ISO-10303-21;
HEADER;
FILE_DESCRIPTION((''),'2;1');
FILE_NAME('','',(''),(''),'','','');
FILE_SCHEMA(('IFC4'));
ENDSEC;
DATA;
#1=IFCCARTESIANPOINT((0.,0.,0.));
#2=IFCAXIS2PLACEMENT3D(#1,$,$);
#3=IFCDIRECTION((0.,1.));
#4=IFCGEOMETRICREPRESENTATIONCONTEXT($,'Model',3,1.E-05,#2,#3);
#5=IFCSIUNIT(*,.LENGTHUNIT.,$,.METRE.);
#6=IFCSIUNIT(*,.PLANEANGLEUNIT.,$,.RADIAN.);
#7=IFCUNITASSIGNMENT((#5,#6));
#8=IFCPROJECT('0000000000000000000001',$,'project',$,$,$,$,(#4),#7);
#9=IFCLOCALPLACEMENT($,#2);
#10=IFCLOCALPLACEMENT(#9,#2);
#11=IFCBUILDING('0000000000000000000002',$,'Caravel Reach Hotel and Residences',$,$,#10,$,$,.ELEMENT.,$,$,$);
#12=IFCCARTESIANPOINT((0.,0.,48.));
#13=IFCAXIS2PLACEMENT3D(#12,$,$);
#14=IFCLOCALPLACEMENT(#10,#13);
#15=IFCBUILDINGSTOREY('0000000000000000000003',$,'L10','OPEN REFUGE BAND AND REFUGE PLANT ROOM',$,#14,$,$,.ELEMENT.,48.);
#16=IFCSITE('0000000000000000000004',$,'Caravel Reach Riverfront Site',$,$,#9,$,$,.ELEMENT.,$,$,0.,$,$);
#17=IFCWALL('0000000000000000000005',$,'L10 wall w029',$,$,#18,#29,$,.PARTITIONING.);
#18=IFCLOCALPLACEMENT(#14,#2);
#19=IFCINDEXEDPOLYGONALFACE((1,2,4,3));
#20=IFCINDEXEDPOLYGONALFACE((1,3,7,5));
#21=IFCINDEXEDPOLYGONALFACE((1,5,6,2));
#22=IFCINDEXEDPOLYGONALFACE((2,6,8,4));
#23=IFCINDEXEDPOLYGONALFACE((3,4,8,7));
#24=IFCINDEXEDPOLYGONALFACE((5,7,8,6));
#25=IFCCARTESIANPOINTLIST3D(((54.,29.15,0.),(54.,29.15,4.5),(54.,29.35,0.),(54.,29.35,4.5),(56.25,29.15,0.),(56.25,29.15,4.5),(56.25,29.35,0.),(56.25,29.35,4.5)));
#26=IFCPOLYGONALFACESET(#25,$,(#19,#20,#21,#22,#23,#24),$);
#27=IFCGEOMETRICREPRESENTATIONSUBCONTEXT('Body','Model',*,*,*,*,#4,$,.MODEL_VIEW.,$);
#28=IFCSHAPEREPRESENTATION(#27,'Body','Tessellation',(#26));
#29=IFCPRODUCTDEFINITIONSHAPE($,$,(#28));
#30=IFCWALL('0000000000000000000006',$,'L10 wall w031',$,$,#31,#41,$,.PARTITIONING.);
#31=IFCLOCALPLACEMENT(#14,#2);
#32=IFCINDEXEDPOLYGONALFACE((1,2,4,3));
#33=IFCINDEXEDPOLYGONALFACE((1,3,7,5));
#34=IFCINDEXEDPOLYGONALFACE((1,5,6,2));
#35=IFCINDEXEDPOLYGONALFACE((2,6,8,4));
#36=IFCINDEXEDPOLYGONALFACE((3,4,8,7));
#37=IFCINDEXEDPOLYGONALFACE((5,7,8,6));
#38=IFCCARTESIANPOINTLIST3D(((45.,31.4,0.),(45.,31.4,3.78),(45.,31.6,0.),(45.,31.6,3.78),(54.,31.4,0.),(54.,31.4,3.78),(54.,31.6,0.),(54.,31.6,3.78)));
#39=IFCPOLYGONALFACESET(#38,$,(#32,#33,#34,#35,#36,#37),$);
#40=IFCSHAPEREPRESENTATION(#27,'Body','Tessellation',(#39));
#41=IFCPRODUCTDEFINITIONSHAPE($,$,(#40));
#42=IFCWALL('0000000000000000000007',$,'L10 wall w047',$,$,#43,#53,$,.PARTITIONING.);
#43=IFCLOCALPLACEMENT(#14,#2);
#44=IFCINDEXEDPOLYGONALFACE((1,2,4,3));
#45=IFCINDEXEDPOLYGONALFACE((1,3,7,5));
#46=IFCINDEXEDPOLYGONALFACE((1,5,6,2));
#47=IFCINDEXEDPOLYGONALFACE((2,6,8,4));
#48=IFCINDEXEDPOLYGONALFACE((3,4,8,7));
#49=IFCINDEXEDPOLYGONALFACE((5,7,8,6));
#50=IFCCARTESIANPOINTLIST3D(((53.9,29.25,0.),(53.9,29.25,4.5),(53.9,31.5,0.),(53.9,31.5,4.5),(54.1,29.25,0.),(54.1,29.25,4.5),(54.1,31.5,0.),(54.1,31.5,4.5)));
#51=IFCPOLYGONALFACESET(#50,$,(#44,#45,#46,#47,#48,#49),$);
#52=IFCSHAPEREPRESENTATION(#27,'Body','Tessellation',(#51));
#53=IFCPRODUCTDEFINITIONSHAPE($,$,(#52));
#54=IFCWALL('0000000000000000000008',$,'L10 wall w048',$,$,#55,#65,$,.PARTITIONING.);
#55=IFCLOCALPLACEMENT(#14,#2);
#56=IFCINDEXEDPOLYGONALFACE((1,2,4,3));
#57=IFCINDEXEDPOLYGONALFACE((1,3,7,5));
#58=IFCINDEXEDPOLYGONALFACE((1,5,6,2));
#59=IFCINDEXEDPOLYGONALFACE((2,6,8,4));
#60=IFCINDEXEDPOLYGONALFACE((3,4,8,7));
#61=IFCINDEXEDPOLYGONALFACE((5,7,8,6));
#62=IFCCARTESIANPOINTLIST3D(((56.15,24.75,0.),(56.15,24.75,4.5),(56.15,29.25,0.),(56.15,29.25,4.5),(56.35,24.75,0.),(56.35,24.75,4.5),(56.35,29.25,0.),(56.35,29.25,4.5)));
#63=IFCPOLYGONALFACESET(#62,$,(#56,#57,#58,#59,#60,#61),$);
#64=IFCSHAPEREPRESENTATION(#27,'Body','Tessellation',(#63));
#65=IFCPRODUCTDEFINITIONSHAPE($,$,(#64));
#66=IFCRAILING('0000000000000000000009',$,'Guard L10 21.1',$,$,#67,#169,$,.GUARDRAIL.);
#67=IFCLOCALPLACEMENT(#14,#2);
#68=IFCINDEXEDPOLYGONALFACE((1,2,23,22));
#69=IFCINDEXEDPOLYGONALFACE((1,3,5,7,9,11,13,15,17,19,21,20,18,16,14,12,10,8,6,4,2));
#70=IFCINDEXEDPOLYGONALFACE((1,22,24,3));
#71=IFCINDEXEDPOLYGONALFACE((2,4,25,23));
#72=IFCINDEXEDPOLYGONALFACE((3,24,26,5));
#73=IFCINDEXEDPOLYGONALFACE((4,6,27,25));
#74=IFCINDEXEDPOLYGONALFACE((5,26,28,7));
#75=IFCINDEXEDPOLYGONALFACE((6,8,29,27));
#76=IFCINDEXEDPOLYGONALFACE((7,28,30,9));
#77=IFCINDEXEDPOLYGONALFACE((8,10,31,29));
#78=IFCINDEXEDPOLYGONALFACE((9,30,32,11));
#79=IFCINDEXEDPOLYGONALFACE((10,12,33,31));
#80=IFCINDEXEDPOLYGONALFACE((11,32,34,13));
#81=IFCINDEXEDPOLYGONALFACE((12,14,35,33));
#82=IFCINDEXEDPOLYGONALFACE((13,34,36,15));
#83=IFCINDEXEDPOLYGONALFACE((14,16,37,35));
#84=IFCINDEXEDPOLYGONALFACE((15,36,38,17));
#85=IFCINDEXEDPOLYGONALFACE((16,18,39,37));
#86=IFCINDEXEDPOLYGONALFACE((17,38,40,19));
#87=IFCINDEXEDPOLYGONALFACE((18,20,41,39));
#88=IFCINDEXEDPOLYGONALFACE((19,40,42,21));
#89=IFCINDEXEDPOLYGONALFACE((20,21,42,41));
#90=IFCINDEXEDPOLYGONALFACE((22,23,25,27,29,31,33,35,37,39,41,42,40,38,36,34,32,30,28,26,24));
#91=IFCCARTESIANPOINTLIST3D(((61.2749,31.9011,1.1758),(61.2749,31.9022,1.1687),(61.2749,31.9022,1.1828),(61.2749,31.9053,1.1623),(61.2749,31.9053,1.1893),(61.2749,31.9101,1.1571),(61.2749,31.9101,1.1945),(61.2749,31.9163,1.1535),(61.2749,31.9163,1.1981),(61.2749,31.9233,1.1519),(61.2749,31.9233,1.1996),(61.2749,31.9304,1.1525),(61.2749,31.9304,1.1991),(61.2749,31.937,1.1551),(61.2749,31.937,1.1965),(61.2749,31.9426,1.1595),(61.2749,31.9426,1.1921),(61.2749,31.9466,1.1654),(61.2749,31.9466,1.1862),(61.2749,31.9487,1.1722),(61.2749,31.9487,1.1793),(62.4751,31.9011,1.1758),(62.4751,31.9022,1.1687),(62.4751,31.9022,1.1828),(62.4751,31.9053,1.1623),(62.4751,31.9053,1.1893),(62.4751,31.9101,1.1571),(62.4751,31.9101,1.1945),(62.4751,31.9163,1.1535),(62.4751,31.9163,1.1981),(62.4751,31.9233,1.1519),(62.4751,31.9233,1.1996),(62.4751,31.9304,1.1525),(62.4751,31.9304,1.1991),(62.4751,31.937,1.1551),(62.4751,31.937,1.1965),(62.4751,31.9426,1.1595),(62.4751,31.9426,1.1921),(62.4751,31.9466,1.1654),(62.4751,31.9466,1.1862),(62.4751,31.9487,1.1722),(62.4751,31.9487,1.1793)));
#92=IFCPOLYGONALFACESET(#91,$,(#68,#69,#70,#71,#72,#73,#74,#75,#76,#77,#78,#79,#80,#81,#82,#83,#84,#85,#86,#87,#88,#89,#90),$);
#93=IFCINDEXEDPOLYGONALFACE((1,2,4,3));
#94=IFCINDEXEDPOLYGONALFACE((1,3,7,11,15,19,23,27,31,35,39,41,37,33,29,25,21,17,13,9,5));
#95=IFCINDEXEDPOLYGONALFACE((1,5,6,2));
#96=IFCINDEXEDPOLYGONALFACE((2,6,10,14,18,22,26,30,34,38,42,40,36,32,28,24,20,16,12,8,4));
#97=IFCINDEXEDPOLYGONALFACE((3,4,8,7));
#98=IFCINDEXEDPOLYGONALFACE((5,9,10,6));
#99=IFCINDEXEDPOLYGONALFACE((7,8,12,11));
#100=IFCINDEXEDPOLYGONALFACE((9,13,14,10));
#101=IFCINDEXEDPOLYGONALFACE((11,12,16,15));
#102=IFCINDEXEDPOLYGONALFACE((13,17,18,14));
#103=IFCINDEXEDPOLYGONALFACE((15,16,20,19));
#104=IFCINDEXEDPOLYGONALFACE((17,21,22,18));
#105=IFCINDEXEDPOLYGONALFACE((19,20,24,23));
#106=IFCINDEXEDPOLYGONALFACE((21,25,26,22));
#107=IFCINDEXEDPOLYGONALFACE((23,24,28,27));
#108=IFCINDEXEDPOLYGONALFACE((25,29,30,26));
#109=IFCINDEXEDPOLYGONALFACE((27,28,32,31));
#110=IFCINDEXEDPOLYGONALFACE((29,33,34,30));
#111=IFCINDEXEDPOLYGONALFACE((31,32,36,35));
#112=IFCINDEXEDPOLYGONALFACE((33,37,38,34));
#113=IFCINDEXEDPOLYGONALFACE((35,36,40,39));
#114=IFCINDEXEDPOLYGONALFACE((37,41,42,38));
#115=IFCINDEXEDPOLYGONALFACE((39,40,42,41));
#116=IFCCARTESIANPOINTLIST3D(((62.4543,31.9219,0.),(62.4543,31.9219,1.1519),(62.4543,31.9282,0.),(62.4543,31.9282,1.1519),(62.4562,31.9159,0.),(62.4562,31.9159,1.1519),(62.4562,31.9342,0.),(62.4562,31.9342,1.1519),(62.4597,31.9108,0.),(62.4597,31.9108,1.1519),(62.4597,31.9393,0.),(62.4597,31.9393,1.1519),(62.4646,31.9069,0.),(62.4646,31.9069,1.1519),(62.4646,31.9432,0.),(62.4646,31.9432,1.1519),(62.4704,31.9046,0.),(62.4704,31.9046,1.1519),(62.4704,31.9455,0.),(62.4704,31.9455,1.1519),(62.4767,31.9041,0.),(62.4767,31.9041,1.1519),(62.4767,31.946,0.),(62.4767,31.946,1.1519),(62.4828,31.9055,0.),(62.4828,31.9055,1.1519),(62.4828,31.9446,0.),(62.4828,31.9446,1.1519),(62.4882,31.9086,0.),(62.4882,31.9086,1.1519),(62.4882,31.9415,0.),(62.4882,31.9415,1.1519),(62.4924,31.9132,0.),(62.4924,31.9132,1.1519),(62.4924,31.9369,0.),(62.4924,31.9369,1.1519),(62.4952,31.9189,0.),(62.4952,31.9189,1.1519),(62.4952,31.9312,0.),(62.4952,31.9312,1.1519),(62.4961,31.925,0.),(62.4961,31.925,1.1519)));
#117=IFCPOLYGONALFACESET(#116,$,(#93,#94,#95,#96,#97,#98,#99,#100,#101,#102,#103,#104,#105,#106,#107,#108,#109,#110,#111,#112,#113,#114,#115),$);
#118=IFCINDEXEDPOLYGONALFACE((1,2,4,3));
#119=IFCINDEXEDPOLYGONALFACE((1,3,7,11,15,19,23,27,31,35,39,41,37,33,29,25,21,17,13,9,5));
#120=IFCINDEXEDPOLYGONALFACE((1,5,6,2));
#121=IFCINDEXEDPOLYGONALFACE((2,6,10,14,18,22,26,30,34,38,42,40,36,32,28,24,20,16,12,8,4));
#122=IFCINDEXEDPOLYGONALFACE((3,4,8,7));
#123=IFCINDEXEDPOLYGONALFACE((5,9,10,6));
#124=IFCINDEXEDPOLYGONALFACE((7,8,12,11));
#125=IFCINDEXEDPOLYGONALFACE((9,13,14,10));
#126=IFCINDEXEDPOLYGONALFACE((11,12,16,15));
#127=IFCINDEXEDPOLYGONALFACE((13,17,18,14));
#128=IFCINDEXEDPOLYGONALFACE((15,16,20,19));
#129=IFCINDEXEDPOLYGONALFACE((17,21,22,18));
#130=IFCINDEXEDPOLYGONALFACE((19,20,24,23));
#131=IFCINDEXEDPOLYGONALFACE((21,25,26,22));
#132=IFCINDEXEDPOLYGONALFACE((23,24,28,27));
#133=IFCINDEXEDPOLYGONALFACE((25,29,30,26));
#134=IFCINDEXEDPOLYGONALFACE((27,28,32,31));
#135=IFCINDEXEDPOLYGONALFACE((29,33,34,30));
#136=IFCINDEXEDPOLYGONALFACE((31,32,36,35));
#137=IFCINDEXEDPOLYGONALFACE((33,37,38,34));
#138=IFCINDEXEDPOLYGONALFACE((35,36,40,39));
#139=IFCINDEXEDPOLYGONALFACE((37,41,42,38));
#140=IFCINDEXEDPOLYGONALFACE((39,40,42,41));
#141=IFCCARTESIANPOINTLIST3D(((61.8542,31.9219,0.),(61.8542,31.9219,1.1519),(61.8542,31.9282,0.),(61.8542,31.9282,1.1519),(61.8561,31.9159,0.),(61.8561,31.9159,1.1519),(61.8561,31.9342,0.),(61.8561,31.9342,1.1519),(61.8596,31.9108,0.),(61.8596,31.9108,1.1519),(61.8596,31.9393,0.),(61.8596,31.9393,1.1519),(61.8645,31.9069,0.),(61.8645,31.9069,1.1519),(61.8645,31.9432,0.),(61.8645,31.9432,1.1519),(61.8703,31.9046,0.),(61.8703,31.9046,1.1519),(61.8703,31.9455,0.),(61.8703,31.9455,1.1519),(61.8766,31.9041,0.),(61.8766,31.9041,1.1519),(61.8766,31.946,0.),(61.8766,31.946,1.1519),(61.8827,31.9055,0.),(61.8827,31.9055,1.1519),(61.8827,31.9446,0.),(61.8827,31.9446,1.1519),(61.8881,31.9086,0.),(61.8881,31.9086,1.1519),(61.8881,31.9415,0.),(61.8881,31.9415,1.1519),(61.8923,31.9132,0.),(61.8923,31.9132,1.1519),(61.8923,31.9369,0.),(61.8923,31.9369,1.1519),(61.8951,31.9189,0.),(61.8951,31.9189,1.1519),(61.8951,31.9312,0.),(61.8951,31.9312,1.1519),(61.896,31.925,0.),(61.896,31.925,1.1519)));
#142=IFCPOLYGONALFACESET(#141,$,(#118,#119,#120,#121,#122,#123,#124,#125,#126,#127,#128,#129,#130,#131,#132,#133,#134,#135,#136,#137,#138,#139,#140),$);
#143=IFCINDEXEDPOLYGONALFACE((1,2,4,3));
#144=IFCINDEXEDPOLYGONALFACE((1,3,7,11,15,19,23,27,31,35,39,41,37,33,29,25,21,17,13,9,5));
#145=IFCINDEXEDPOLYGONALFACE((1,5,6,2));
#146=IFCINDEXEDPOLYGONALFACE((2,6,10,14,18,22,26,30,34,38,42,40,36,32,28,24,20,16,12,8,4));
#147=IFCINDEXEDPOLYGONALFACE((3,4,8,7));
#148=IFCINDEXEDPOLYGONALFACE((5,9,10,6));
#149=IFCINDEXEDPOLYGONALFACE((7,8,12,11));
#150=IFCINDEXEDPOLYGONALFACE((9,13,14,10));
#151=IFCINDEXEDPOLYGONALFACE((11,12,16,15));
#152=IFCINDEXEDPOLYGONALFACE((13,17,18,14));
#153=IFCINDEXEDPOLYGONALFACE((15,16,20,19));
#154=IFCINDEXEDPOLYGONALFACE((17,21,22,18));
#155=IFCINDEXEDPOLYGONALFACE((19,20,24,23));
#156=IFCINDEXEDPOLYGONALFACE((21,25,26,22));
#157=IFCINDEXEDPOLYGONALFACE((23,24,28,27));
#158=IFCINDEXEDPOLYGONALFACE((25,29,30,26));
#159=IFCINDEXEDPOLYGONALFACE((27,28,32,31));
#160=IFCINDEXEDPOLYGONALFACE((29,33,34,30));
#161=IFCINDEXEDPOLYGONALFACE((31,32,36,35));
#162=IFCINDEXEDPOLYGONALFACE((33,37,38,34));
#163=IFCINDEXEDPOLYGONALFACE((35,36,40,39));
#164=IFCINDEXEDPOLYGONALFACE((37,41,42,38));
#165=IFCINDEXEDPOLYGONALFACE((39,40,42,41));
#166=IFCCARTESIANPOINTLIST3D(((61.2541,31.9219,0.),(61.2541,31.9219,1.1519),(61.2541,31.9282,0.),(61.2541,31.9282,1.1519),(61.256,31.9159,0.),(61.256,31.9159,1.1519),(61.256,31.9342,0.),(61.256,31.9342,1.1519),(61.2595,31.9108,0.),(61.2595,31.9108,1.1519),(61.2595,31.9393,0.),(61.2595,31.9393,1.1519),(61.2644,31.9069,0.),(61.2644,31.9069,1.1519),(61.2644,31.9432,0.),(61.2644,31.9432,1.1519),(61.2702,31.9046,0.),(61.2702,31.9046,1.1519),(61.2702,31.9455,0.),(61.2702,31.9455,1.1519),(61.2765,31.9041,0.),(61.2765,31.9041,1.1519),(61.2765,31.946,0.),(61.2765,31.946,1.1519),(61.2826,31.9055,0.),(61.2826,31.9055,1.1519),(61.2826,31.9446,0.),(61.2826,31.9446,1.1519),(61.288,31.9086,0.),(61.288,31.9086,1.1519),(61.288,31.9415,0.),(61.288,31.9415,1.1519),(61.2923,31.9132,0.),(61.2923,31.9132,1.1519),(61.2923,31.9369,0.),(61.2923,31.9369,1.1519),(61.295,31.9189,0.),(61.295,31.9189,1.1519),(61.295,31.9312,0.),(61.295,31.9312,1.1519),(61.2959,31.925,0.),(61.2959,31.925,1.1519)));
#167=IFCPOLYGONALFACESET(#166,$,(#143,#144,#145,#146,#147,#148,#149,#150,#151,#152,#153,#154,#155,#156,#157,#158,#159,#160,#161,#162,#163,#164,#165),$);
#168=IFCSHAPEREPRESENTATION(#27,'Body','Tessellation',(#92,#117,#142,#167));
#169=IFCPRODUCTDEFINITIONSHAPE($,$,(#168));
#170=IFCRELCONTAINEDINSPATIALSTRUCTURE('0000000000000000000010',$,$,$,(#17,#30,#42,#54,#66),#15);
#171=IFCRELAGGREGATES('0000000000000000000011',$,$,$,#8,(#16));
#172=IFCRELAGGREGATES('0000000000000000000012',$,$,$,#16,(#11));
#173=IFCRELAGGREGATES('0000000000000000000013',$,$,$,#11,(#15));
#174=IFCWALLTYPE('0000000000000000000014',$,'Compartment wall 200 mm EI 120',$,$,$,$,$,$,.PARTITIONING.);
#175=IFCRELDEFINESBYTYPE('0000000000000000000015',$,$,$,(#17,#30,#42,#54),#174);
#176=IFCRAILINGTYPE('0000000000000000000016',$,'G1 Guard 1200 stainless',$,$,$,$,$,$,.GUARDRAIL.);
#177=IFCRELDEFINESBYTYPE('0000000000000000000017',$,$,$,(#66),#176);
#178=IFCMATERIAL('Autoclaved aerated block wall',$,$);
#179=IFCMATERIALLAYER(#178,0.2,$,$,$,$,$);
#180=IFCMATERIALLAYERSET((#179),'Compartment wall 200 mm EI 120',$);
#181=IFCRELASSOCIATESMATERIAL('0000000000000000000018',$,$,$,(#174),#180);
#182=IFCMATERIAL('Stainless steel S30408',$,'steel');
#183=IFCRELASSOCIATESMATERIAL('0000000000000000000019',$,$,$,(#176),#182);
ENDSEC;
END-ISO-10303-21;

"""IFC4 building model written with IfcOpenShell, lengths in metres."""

from ifc_helpers import new_model, si_unit, direction, frame, frame_2d, origin, origin_2d, place, context, subcontext, project, spatial, rectangle, circle, extrude, material, layer, layer_set, type_object, element, save


model = new_model("IFC4")

# Units and contexts
model_context = context("Model", 3, precision=1e-05, world=origin(), true_north=direction((0.0, 1.0)))
body_context = subcontext(model_context, "Body", "Model", "MODEL_VIEW")
ifc_project = project(units=[si_unit("LENGTHUNIT", "METRE"), si_unit("PLANEANGLEUNIT", "RADIAN")], contexts=[model_context])

# Site, building, storey
site_placement = place(None, origin())
site = spatial("IfcSite", under=ifc_project, at=site_placement, Name="Caravel Reach Riverfront Site", CompositionType="ELEMENT", RefElevation=0.0)
building_placement = place(site_placement, origin())
building = spatial("IfcBuilding", under=site, at=building_placement, Name="Caravel Reach Hotel and Residences", CompositionType="ELEMENT")
storey_placement = place(building_placement, frame((0.0, 0.0, 48.0)))
storey = spatial("IfcBuildingStorey", under=building, at=storey_placement, Name="L10", Description="OPEN REFUGE BAND AND REFUGE PLANT ROOM", CompositionType="ELEMENT", Elevation=48.0)

# Walls
ifc_material_1 = material(Name="Autoclaved aerated block wall")
ifc_layer = layer(ifc_material_1, 0.2)
ifc_layer_set = layer_set([ifc_layer], Name="Compartment wall 200 mm EI 120")
wall_type = type_object("IfcWallType", Name="Compartment wall 200 mm EI 120", PredefinedType="PARTITIONING", material=ifc_layer_set)
for number, where, z_axis, x_axis, name in (
    (1, (54.0, 29.25, 0.0), (0.0, 0.0, 1.0), (1.0, 0.0, 0.0), "L10 wall w029"),
):
    element("IfcWall", number, at=place(storey_placement, frame(where, z_axis=z_axis, x_axis=x_axis)), inside=storey, type_object=wall_type, Name=name, PredefinedType="PARTITIONING", context=body_context, shape_type="SweptSolid", body=[
        extrude(rectangle(XDim=2.25, YDim=0.2, at=frame_2d((1.125, 0.0))), origin(), (0.0, 0.0, 1.0), 4.5),
    ])
wall_1_placement = place(storey_placement, frame((45.0, 31.5, 0.0), z_axis=(0.0, 0.0, 1.0), x_axis=(1.0, 0.0, 0.0)))
element("IfcWall", 2, at=wall_1_placement, inside=storey, type_object=wall_type, Name="L10 wall w031", PredefinedType="PARTITIONING", context=body_context, shape_type="SweptSolid", body=[
    extrude(rectangle(XDim=9.0, YDim=0.2, at=frame_2d((4.5, 0.0))), origin(), (0.0, 0.0, 1.0), 3.78),
])
wall_2_placement = place(storey_placement, frame((54.0, 29.25, 0.0), z_axis=(0.0, 0.0, 1.0), x_axis=(0.0, 1.0, 0.0)))
element("IfcWall", 3, at=wall_2_placement, inside=storey, type_object=wall_type, Name="L10 wall w047", PredefinedType="PARTITIONING", context=body_context, shape_type="SweptSolid", body=[
    extrude(rectangle(XDim=2.25, YDim=0.2, at=frame_2d((1.125, 0.0))), origin(), (0.0, 0.0, 1.0), 4.5),
])
wall_3_placement = place(storey_placement, frame((56.25, 24.75, 0.0), z_axis=(0.0, 0.0, 1.0), x_axis=(0.0, 1.0, 0.0)))
element("IfcWall", 4, at=wall_3_placement, inside=storey, type_object=wall_type, Name="L10 wall w048", PredefinedType="PARTITIONING", context=body_context, shape_type="SweptSolid", body=[
    extrude(rectangle(XDim=4.5, YDim=0.2, at=frame_2d((2.25, 0.0))), origin(), (0.0, 0.0, 1.0), 4.5),
])

# Railing
ifc_material_2 = material(Name="Stainless steel S30408", Category="steel")
railing_type = type_object("IfcRailingType", Name="G1 Guard 1200 stainless", PredefinedType="GUARDRAIL", material=ifc_material_2)
railing_1_placement = place(storey_placement, frame((62.4751, 31.925, 0.0)))
element("IfcRailing", 5, at=railing_1_placement, inside=storey, type_object=railing_type, Name="Guard L10 21.1", PredefinedType="GUARDRAIL", context=body_context, shape_type="SweptSolid", body=[
    extrude(circle(Radius=0.0239, at=origin_2d()), frame((0.0, 0.0, 1.1758), z_axis=(-1.0, 0.0, 0.0), x_axis=(0.0, -1.0, 0.0)), (0.0, 0.0, 1.0), 1.2002),
    extrude(circle(Radius=0.021, at=origin_2d()), origin(), (0.0, 0.0, 1.0), 1.1519),
    extrude(circle(Radius=0.021, at=origin_2d()), frame((-0.6001, 0.0, 0.0)), (0.0, 0.0, 1.0), 1.1519),
    extrude(circle(Radius=0.021, at=origin_2d()), frame((-1.2002, 0.0, 0.0)), (0.0, 0.0, 1.0), 1.1519),
])

save(model, "model.ifc")
